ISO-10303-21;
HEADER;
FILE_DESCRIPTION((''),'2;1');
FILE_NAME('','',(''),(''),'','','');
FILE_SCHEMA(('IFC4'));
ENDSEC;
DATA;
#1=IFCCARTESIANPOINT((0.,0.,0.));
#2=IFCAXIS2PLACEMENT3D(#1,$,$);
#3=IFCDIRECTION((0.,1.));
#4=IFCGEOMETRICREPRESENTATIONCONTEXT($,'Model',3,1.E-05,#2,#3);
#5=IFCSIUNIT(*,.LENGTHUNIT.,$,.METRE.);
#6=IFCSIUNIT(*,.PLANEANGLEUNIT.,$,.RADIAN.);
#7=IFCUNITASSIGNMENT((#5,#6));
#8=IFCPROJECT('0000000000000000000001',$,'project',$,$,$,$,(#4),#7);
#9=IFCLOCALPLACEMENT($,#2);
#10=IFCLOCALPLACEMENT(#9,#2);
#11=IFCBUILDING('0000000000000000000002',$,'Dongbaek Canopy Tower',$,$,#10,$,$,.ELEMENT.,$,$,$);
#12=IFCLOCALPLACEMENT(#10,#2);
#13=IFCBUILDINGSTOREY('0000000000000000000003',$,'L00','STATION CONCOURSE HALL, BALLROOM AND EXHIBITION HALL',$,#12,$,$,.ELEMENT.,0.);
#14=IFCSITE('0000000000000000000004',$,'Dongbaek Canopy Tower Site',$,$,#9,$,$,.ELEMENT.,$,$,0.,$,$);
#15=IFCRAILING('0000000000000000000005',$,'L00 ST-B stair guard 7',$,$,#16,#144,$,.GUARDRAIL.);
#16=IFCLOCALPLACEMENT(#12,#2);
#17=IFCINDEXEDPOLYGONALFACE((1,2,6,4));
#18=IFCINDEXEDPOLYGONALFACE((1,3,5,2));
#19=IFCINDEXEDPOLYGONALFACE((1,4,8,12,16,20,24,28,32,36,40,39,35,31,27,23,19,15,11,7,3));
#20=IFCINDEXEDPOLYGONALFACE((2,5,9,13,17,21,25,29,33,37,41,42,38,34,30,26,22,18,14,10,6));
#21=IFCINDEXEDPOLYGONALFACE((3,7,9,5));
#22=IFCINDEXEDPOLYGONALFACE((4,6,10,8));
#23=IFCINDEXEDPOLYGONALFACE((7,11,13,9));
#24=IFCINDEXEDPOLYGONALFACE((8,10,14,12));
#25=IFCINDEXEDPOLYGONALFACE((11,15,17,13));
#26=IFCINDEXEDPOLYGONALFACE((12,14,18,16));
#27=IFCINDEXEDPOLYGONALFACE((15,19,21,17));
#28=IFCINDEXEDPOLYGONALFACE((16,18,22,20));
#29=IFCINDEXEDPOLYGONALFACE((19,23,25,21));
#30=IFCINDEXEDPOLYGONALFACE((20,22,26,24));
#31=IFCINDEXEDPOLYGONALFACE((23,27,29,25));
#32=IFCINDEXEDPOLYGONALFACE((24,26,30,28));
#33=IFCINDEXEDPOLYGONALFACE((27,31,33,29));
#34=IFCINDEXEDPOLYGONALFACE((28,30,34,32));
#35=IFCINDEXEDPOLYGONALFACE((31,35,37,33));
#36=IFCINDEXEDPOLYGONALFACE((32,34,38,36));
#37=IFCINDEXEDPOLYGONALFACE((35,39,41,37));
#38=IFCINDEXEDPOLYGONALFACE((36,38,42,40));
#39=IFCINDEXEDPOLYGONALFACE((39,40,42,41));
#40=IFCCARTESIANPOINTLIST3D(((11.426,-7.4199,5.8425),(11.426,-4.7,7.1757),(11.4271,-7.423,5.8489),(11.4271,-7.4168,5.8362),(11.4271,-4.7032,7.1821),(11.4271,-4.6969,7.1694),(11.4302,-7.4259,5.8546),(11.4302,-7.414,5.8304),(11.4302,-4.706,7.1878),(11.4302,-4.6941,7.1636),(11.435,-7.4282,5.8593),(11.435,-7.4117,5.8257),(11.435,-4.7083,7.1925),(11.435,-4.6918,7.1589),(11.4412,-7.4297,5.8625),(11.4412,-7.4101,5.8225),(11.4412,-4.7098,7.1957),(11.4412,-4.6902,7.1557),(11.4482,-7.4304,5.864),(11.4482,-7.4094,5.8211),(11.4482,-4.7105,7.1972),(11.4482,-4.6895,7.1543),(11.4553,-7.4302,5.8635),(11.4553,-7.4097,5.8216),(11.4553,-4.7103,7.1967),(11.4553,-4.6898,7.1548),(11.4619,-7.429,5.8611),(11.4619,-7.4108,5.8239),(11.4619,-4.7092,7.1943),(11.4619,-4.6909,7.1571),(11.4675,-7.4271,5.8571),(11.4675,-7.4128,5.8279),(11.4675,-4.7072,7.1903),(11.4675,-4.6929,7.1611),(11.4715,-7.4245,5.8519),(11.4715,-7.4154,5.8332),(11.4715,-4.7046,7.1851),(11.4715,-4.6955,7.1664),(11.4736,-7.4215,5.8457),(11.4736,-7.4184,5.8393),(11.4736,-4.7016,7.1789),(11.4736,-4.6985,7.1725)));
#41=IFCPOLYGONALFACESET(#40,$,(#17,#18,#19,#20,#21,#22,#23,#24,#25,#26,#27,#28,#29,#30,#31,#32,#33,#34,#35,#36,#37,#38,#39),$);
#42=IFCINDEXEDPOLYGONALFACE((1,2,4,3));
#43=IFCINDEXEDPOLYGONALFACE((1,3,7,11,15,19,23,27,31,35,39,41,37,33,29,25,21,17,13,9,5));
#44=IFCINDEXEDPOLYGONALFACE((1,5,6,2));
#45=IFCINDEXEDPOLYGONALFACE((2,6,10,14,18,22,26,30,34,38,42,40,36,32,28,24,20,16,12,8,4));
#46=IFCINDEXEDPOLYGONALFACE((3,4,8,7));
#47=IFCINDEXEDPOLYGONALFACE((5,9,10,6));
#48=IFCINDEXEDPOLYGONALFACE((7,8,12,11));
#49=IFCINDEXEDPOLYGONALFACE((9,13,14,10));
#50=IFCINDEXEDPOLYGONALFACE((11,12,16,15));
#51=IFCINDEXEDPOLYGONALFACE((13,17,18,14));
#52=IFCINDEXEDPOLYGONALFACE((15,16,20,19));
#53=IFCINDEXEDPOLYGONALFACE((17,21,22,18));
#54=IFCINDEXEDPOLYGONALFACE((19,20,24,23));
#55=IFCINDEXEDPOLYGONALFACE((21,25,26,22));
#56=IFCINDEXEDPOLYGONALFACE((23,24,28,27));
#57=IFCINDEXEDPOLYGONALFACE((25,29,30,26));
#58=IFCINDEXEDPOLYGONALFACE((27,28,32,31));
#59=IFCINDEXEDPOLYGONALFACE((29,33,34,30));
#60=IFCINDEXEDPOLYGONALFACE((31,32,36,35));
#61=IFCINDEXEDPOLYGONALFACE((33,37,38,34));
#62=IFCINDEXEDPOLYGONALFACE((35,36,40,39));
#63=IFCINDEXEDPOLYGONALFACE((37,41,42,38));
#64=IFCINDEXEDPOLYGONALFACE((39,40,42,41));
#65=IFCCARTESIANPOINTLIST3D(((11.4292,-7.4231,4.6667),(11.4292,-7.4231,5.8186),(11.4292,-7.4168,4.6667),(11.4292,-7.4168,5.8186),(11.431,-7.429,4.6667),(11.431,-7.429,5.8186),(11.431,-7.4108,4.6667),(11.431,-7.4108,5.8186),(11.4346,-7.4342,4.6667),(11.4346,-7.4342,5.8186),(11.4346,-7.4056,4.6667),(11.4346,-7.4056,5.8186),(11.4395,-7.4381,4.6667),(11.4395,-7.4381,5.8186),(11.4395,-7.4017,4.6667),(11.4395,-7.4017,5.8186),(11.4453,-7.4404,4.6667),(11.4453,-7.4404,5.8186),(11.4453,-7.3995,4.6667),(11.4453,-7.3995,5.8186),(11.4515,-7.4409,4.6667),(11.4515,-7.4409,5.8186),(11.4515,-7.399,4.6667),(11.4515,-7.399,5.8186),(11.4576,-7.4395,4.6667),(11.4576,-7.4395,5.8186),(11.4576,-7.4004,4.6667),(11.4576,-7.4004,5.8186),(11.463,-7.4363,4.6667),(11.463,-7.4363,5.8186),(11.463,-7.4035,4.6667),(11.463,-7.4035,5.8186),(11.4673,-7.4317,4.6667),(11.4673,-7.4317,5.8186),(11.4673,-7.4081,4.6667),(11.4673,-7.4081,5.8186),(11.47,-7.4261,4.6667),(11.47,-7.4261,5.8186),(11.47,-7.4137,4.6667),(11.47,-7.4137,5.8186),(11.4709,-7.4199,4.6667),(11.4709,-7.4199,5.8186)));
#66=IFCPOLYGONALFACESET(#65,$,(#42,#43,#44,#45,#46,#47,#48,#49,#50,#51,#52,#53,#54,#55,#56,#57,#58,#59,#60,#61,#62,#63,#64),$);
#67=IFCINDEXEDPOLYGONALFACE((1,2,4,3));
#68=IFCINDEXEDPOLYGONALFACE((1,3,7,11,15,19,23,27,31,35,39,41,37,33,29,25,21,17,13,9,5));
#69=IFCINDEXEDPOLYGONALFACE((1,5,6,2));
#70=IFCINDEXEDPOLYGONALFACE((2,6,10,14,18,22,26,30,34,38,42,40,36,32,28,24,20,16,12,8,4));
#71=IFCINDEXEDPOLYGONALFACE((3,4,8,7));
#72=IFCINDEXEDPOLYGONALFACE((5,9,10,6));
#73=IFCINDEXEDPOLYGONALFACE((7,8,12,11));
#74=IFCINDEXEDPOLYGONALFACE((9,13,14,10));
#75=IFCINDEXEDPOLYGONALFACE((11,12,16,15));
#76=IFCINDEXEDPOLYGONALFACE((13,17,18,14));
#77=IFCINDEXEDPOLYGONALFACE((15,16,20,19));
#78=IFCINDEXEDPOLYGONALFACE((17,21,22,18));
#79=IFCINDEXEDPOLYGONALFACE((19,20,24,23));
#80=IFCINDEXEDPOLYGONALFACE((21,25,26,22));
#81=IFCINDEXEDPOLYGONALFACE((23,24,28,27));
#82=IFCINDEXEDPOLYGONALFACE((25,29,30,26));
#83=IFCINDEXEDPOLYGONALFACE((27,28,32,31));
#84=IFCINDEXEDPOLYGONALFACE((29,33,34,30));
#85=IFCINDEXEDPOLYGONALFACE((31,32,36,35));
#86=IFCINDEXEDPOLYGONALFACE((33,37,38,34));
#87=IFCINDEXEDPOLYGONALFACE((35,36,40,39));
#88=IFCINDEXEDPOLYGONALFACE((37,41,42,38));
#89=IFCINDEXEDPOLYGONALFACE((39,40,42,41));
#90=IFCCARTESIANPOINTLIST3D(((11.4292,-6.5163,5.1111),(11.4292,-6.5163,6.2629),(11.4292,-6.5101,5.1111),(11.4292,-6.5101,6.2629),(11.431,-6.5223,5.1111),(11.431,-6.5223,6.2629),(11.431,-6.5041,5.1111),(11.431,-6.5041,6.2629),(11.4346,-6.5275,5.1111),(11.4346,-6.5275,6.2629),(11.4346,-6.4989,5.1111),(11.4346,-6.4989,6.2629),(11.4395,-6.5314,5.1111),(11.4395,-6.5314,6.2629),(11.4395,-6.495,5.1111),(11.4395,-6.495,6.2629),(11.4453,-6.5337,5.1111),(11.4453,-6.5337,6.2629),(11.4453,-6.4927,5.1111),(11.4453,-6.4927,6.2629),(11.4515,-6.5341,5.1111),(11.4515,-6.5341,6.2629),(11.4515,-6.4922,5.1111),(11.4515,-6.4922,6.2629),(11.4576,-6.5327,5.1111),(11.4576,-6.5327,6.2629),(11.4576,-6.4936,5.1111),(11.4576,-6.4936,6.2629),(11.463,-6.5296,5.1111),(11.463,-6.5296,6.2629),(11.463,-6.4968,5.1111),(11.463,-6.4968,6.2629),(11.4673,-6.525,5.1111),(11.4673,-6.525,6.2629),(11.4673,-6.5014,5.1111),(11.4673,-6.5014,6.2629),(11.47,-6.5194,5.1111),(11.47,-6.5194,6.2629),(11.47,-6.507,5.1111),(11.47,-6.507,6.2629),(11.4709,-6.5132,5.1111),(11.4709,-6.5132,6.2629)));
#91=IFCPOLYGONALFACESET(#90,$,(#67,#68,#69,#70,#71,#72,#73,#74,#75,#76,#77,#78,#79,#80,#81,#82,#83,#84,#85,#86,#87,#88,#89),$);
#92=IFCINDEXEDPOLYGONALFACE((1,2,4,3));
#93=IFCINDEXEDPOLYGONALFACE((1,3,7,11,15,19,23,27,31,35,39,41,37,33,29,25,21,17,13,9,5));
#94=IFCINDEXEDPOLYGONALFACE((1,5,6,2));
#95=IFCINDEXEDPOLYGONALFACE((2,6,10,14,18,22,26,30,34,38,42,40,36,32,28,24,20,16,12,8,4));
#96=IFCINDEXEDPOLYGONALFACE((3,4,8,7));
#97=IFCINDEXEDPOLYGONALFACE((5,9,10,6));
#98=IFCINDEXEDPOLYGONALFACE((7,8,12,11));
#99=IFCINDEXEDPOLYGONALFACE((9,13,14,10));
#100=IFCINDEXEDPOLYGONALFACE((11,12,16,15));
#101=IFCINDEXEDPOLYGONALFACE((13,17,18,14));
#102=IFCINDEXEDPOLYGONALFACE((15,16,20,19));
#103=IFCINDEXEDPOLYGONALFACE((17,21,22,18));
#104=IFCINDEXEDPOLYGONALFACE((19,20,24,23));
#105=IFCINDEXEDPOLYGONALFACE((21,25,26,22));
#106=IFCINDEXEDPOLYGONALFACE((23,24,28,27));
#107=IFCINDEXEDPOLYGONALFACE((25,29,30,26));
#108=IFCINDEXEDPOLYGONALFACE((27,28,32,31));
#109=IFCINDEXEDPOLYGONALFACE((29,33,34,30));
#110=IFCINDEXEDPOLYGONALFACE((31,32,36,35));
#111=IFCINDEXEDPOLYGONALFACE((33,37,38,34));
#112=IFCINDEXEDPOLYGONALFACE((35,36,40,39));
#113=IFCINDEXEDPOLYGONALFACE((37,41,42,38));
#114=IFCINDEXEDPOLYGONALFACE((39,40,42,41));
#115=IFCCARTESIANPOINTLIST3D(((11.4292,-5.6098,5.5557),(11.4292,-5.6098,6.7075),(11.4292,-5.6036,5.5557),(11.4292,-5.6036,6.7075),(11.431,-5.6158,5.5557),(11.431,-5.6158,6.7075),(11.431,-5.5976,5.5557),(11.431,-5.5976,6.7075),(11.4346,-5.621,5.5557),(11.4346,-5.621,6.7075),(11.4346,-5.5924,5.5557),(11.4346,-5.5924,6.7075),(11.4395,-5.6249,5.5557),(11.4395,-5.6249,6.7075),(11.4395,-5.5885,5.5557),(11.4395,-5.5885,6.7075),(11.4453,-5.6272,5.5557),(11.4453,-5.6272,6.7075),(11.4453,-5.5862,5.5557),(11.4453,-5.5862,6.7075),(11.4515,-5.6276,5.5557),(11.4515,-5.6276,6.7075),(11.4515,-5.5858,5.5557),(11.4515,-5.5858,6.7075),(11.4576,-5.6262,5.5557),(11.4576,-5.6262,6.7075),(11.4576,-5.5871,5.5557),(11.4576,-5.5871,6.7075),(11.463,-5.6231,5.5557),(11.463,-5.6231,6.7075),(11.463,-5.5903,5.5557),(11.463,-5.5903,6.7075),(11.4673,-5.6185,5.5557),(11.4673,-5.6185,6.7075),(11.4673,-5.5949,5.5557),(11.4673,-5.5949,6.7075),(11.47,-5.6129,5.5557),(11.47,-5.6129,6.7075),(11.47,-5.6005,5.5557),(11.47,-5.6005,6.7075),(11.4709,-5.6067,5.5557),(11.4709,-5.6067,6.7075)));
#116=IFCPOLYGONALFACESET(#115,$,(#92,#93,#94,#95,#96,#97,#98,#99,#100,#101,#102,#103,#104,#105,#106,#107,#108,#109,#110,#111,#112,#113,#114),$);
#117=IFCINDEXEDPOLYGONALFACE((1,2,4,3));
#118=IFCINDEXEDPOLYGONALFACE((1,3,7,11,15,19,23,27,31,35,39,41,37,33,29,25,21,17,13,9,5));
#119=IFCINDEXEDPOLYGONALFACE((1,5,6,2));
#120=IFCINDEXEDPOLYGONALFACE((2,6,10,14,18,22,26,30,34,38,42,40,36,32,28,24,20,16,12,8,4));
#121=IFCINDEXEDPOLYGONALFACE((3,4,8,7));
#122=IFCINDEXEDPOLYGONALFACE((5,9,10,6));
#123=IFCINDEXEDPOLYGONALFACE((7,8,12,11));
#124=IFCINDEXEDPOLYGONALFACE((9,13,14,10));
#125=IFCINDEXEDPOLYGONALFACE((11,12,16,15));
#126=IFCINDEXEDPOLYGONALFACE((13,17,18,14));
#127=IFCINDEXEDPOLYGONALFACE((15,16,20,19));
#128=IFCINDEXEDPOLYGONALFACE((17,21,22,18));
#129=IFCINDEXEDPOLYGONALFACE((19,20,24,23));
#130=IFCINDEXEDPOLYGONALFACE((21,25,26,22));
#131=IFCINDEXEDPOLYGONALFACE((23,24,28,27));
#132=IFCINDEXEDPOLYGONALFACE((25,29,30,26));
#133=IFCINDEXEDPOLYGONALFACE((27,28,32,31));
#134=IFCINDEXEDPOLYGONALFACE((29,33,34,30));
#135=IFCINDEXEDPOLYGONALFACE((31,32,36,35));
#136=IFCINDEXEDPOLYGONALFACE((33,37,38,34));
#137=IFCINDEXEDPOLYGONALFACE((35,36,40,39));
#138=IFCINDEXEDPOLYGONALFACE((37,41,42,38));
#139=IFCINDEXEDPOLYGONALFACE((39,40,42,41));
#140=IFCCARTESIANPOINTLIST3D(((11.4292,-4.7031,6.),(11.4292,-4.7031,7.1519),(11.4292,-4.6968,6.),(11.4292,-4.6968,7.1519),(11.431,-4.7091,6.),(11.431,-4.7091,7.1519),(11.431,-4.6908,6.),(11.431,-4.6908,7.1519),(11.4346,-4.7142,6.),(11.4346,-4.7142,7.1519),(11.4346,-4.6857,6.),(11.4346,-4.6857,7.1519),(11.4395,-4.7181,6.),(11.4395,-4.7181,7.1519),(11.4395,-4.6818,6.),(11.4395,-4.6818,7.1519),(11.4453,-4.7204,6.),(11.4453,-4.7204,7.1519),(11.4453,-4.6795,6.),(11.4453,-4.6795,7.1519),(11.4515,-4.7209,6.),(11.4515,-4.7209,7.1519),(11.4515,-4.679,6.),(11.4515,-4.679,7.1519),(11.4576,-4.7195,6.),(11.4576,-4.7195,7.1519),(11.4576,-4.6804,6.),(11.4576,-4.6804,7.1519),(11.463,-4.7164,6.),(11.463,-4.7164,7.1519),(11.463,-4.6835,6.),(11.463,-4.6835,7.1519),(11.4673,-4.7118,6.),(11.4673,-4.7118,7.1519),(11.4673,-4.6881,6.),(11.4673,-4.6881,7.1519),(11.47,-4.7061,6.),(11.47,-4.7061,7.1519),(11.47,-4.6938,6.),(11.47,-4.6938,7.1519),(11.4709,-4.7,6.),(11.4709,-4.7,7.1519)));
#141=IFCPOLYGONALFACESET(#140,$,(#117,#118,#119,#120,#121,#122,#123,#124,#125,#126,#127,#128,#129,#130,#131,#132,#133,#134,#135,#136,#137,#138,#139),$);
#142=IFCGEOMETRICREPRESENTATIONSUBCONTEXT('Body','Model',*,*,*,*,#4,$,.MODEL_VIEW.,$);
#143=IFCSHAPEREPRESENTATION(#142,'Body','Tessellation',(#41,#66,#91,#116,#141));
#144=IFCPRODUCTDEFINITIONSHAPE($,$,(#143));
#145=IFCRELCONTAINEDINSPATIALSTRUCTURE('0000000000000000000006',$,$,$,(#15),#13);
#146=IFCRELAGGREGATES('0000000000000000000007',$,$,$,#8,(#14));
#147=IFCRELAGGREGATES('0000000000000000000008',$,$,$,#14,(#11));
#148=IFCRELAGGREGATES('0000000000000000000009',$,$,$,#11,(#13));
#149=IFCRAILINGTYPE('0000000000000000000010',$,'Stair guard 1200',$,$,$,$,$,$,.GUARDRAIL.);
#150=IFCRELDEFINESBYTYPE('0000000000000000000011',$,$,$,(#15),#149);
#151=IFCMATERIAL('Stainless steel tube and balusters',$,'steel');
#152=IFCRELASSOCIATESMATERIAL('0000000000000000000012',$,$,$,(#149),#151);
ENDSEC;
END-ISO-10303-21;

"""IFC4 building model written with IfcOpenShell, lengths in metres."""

from ifc_helpers import new_model, si_unit, direction, frame, origin, origin_2d, place, context, subcontext, project, spatial, circle, extrude, material, type_object, element, save


model = new_model("IFC4")

# Units and contexts
model_context = context("Model", 3, precision=1e-05, world=origin(), true_north=direction((0.0, 1.0)))
body_context = subcontext(model_context, "Body", "Model", "MODEL_VIEW")
ifc_project = project(units=[si_unit("LENGTHUNIT", "METRE"), si_unit("PLANEANGLEUNIT", "RADIAN")], contexts=[model_context])

# Site, building, storey
site_placement = place(None, origin())
site = spatial("IfcSite", under=ifc_project, at=site_placement, Name="Dongbaek Canopy Tower Site", CompositionType="ELEMENT", RefElevation=0.0)
building_placement = place(site_placement, origin())
building = spatial("IfcBuilding", under=site, at=building_placement, Name="Dongbaek Canopy Tower", CompositionType="ELEMENT")
storey_placement = place(building_placement, origin())
storey = spatial("IfcBuildingStorey", under=building, at=storey_placement, Name="L00", Description="STATION CONCOURSE HALL, BALLROOM AND EXHIBITION HALL", CompositionType="ELEMENT", Elevation=0.0)

# Railing
ifc_material_1 = material(Name="Stainless steel tube and balusters", Category="steel")
railing_type_1 = type_object("IfcRailingType", Name="Stair guard 1200", PredefinedType="GUARDRAIL", material=ifc_material_1)
railing_1_placement = place(storey_placement, frame((11.45, -7.4199, 4.6667)))
element("IfcRailing", 1, at=railing_1_placement, inside=storey, type_object=railing_type_1, Name="L00 ST-B stair guard 7", PredefinedType="GUARDRAIL", context=body_context, shape_type="SweptSolid", body=[
    extrude(circle(Radius=0.0239, at=origin_2d()), frame((0.0, 0.0, 1.1758), z_axis=(0.0, 0.897929, 0.440139), x_axis=(-1.0, 0.0, 0.0)), (0.0, 0.0, 1.0), 3.0291),
    extrude(circle(Radius=0.021, at=origin_2d()), origin(), (0.0, 0.0, 1.0), 1.1519),
    extrude(circle(Radius=0.021, at=origin_2d()), frame((0.0, 0.9067, 0.4443)), (0.0, 0.0, 1.0), 1.1519),
    extrude(circle(Radius=0.021, at=origin_2d()), frame((0.0, 1.8132, 0.8889)), (0.0, 0.0, 1.0), 1.1519),
    extrude(circle(Radius=0.021, at=origin_2d()), frame((0.0, 2.72, 1.3333)), (0.0, 0.0, 1.0), 1.1519),
])

save(model, "model.ifc")
